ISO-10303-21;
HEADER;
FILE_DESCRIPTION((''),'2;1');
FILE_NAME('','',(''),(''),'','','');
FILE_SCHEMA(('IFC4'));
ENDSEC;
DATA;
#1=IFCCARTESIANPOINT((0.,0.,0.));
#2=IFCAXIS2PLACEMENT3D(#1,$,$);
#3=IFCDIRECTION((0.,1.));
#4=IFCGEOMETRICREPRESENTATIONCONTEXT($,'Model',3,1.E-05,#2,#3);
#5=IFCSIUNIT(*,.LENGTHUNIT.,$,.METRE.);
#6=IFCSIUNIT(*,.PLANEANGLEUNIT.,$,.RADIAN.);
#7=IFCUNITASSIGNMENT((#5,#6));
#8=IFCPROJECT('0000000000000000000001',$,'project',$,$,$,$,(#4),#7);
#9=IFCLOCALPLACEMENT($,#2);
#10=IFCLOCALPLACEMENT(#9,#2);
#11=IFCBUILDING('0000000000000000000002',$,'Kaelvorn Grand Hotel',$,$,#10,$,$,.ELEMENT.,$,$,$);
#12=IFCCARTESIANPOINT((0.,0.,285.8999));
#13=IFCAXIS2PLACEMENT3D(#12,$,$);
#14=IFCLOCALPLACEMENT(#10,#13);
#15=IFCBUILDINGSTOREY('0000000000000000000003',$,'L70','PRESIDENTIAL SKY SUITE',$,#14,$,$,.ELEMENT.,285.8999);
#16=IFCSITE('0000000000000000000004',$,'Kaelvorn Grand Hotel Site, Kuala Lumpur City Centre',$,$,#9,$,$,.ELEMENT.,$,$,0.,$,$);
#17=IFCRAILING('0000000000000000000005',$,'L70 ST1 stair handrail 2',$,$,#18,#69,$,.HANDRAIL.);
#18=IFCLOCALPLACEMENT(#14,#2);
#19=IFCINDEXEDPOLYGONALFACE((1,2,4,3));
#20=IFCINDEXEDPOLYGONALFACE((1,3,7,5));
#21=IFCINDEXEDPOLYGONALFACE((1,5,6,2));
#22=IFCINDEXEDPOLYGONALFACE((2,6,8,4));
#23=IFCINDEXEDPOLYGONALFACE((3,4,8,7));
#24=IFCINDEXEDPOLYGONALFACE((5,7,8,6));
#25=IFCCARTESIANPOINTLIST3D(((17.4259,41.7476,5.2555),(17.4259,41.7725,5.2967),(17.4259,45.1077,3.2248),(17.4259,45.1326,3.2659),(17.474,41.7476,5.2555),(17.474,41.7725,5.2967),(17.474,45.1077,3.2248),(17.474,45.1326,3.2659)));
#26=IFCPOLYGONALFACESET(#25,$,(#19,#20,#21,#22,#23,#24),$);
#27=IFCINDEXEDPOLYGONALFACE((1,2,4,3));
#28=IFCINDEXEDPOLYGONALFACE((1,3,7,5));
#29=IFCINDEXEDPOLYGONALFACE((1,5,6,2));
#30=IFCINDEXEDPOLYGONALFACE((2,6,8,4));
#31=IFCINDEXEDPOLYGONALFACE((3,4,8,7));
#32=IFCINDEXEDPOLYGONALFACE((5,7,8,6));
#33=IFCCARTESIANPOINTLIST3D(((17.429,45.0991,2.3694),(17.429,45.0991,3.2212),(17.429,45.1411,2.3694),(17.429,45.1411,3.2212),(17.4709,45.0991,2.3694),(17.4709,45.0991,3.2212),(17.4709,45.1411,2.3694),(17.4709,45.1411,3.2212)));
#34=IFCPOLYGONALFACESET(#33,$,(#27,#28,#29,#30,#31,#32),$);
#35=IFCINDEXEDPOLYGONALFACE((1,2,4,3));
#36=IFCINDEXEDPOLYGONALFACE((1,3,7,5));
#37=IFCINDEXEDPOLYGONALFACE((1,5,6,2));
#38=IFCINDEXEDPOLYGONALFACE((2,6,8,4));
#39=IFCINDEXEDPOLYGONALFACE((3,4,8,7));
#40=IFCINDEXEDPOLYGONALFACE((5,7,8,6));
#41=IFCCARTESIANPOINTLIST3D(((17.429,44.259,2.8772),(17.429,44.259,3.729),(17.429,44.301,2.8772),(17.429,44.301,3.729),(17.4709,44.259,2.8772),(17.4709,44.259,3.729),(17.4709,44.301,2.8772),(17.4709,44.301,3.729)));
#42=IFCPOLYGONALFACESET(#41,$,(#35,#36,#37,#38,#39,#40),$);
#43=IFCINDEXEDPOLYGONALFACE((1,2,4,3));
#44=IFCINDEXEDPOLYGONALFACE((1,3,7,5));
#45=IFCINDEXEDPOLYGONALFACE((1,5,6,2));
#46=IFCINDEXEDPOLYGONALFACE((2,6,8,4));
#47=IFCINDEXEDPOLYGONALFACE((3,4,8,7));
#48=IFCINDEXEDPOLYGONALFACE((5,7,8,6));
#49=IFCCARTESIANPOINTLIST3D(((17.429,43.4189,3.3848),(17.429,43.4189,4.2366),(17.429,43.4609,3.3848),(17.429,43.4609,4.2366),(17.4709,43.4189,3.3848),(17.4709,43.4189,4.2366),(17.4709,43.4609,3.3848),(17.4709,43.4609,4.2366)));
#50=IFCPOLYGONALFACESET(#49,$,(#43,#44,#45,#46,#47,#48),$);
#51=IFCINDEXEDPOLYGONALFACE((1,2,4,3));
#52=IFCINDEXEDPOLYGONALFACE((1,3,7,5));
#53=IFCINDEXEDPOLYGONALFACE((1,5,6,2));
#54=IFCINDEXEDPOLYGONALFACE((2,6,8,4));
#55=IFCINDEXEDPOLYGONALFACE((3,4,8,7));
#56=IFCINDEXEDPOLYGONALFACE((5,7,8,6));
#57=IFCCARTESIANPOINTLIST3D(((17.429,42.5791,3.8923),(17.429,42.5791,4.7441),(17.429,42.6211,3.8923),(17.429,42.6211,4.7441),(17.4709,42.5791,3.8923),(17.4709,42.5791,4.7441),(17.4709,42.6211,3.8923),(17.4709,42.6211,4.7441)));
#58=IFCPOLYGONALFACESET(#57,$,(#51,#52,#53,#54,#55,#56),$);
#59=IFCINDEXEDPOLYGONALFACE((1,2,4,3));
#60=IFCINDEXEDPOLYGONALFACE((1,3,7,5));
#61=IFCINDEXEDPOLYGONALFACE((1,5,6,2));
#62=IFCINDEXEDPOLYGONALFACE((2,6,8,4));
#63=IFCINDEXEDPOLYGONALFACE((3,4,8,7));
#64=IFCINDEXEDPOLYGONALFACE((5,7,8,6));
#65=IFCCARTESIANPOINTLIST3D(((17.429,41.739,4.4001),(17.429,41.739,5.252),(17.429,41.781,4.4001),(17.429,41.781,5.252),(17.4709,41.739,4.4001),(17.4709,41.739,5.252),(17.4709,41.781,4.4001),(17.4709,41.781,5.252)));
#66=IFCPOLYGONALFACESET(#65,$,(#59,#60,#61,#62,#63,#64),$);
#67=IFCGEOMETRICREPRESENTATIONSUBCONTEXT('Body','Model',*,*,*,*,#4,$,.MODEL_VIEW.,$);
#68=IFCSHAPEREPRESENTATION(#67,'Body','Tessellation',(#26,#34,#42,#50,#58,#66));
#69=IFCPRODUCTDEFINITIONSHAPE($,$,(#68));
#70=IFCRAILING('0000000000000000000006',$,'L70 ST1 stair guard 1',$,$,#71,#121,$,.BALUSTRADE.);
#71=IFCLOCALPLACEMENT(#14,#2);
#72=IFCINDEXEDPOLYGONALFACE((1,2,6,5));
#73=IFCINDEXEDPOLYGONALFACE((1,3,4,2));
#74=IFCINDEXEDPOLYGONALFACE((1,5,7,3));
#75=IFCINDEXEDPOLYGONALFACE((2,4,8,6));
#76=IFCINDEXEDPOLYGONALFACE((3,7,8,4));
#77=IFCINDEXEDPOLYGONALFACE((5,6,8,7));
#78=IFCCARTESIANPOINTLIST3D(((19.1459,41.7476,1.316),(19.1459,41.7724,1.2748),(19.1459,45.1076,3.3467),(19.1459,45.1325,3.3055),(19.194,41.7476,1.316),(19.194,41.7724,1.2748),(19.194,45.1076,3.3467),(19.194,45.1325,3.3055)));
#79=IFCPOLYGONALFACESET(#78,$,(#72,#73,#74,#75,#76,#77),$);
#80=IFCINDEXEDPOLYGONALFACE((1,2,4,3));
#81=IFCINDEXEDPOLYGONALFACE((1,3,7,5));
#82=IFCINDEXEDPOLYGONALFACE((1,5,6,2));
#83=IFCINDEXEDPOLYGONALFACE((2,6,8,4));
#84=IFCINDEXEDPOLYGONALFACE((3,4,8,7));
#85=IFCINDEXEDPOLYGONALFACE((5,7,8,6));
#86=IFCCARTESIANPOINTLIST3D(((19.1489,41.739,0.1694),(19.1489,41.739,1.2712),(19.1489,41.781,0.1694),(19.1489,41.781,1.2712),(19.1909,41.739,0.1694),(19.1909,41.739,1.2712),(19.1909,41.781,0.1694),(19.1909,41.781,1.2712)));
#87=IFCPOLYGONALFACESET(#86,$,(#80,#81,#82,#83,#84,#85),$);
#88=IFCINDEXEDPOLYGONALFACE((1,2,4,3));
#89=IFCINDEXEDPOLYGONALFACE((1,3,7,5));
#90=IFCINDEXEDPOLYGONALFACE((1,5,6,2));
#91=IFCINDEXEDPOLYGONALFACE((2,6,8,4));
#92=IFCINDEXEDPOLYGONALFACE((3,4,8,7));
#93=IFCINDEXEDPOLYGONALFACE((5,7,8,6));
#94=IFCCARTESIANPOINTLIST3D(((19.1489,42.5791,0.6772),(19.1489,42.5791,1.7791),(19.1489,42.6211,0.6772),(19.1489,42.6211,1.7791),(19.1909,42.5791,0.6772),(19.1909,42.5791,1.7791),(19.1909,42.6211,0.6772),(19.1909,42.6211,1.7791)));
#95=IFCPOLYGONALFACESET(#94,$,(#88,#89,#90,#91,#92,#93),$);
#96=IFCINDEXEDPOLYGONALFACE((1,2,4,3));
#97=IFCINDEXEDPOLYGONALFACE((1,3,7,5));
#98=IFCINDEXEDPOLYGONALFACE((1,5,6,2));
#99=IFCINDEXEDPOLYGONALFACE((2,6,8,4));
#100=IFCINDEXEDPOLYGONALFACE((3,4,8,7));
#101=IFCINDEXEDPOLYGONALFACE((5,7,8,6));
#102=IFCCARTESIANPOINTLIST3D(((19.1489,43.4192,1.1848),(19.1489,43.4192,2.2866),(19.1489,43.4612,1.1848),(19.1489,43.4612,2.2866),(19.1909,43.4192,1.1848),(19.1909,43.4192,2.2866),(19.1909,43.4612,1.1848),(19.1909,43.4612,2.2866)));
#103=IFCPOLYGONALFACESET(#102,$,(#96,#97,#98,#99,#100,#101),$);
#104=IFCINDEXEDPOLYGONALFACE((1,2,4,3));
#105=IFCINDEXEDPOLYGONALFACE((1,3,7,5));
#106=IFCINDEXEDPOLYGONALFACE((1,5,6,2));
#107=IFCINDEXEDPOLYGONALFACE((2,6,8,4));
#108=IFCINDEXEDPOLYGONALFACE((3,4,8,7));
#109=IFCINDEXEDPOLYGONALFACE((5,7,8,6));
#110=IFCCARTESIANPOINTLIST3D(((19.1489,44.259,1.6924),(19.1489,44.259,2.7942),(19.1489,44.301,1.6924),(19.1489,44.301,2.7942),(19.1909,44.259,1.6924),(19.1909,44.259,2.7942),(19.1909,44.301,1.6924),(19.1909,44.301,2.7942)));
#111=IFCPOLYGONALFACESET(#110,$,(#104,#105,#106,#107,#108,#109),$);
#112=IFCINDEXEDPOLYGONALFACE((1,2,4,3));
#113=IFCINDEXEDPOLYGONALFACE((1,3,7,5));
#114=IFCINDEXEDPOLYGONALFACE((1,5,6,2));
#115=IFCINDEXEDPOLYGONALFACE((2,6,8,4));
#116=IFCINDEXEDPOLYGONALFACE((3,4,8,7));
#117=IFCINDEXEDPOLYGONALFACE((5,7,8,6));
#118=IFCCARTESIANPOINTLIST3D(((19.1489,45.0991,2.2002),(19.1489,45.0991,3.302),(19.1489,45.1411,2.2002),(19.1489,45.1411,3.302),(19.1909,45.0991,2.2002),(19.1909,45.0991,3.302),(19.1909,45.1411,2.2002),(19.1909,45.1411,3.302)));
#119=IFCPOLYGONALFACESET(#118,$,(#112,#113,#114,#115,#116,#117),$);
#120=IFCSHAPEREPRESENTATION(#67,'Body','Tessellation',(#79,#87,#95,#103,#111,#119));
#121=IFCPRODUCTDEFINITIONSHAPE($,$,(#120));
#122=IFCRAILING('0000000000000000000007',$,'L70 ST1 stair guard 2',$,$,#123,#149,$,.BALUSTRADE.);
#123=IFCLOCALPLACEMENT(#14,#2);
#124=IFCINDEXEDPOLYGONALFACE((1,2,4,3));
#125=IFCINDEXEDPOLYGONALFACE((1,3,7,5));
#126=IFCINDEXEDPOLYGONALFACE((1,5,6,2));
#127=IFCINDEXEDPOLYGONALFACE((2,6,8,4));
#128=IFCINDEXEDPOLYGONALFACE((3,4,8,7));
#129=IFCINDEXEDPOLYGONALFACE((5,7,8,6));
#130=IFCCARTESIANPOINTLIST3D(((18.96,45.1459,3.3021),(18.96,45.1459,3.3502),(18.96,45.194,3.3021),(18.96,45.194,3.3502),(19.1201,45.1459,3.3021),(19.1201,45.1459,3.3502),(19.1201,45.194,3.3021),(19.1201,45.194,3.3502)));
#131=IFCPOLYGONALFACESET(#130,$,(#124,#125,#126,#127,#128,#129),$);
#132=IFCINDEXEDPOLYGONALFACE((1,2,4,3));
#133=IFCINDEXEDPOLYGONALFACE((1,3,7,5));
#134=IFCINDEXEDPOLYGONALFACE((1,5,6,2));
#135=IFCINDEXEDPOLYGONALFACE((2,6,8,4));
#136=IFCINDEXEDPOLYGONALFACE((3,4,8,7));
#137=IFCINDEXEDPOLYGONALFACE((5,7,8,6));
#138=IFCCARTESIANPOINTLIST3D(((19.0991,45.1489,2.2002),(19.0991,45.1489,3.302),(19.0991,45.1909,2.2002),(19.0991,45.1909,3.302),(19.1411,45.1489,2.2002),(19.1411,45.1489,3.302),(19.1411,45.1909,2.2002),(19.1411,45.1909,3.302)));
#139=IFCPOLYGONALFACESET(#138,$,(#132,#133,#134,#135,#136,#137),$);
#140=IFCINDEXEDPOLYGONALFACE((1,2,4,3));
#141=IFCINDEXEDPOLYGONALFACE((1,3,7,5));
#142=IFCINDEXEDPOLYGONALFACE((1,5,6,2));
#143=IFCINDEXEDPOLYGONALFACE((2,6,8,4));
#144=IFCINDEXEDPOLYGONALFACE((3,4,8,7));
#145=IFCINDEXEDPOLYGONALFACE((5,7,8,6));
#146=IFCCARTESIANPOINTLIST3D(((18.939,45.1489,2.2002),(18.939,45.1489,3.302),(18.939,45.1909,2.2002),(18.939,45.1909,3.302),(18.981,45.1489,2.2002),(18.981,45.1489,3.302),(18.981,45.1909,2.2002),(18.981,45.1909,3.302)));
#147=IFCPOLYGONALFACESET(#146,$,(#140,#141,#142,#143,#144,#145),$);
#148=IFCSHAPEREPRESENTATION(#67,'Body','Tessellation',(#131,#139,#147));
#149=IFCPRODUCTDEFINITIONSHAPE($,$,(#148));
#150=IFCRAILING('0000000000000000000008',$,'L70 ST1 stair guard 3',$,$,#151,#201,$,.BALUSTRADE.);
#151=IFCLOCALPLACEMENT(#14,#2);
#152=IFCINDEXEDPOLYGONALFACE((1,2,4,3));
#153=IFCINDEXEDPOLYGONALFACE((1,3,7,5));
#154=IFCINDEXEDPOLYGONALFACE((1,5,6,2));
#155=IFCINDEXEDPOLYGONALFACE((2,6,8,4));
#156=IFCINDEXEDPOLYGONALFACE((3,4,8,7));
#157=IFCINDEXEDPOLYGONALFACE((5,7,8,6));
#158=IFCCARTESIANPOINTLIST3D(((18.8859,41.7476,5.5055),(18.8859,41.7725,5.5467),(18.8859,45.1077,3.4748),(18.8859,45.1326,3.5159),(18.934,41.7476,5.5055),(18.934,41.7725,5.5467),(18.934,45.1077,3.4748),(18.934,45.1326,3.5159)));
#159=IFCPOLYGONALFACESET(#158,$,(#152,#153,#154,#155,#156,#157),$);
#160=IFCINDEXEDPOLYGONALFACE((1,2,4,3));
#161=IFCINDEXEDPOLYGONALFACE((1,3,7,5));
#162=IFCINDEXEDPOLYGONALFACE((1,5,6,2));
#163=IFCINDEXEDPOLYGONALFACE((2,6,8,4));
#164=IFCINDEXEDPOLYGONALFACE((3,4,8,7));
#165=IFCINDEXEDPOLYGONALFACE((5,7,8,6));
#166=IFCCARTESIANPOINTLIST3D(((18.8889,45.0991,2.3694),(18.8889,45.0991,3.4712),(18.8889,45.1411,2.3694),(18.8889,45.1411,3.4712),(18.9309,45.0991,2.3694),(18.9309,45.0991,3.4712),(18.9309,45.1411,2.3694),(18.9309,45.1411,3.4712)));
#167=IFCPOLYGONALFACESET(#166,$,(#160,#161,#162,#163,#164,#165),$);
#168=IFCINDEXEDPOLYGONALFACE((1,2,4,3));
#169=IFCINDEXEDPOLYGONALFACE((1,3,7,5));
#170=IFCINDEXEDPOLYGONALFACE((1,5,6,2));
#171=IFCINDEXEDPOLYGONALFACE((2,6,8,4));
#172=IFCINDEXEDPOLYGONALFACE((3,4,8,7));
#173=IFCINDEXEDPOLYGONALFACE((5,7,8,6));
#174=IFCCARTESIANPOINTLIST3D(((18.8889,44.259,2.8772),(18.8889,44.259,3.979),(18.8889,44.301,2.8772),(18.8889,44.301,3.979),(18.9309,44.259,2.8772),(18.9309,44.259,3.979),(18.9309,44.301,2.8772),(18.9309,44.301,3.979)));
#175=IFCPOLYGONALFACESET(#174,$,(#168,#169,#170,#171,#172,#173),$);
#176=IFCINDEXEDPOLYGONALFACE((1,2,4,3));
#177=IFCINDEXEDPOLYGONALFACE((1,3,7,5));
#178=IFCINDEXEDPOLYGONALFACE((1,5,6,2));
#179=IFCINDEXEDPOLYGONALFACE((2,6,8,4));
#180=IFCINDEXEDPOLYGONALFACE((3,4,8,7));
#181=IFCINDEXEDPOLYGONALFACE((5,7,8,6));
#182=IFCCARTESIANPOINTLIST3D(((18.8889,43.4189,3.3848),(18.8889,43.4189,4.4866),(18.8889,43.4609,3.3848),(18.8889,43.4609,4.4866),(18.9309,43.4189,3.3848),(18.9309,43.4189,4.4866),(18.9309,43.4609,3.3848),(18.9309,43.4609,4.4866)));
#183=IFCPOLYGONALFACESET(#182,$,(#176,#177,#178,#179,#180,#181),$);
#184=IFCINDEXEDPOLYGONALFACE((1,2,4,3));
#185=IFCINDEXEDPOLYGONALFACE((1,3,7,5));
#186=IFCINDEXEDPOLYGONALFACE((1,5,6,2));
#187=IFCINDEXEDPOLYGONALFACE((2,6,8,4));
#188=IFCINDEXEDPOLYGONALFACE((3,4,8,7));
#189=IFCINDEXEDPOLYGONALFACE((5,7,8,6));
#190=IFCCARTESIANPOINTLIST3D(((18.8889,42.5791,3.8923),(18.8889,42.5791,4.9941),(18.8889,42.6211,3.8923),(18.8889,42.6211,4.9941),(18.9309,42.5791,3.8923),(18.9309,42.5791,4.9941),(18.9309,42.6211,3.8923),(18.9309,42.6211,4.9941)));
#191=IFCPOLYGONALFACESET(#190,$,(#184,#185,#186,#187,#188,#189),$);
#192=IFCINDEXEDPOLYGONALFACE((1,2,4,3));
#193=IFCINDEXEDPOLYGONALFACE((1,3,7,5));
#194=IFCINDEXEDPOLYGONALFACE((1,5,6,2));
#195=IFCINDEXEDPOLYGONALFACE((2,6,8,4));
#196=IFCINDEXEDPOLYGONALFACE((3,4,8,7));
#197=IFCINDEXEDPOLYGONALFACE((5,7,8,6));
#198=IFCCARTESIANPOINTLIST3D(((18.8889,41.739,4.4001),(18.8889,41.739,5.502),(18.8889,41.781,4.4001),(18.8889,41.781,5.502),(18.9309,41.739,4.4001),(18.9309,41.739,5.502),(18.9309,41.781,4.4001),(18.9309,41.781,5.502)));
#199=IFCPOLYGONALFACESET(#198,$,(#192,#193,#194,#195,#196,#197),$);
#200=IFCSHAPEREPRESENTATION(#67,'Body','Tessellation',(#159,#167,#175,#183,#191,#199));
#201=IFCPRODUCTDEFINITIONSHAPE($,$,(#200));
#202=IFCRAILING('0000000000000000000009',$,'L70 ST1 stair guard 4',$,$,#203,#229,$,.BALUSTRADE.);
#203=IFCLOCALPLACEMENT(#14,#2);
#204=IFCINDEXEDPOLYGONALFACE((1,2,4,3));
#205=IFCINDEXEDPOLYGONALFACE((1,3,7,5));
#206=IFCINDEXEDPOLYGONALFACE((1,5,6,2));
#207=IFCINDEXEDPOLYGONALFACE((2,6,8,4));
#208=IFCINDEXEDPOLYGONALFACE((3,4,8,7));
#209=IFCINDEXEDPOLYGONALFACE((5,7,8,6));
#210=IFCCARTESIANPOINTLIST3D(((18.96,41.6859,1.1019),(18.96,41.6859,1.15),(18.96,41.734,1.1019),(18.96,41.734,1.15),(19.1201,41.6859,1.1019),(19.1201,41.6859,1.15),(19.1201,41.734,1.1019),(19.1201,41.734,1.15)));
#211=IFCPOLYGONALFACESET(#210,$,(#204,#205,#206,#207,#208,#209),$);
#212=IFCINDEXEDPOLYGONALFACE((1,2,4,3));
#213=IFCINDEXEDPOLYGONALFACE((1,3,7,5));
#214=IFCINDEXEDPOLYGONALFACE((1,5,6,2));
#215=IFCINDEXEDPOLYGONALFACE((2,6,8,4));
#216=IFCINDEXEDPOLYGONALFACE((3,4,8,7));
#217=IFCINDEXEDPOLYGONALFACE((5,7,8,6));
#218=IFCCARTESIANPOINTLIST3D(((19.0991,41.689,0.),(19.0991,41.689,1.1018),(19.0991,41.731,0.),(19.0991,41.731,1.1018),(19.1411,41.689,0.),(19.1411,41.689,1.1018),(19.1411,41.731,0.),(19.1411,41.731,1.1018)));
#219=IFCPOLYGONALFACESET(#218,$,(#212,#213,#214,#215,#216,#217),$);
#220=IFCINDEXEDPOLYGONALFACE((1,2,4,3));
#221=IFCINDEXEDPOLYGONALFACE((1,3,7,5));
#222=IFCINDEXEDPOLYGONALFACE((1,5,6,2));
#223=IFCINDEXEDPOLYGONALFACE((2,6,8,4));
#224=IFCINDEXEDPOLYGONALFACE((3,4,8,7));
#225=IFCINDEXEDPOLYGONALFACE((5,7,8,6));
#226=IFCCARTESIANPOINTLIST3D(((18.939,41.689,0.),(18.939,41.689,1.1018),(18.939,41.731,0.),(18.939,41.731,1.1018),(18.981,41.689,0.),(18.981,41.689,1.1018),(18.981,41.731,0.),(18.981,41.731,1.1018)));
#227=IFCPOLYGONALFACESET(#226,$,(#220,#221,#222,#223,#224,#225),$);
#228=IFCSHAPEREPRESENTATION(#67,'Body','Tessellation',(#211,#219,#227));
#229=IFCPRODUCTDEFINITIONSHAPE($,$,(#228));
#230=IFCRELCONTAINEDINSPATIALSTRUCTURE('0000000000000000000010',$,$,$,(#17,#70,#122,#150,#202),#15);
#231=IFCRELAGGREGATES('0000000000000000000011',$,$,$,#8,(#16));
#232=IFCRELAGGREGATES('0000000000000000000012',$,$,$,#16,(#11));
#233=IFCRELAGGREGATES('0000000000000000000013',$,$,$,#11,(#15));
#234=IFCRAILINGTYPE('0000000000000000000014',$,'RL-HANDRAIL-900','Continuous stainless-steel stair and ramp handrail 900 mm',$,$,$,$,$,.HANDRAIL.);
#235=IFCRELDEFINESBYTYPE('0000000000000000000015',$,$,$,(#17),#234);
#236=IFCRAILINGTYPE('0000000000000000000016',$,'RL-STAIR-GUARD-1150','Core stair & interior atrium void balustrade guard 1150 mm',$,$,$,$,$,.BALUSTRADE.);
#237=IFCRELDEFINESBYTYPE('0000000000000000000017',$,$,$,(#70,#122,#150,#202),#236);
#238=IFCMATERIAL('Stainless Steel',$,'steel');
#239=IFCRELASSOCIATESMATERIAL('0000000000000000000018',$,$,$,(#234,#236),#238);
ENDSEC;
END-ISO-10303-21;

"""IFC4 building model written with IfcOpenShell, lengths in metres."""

from ifc_helpers import new_model, si_unit, direction, frame, origin, origin_2d, place, context, subcontext, project, spatial, rectangle, extrude, material, type_object, element, save


model = new_model("IFC4")

# Units and contexts
model_context = context("Model", 3, precision=1e-05, world=origin(), true_north=direction((0.0, 1.0)))
body_context = subcontext(model_context, "Body", "Model", "MODEL_VIEW")
ifc_project = project(units=[si_unit("LENGTHUNIT", "METRE"), si_unit("PLANEANGLEUNIT", "RADIAN")], contexts=[model_context])

# Site, building, storey
site_placement = place(None, origin())
site = spatial("IfcSite", under=ifc_project, at=site_placement, Name="Kaelvorn Grand Hotel Site, Kuala Lumpur City Centre", CompositionType="ELEMENT", RefElevation=0.0)
building_placement = place(site_placement, origin())
building = spatial("IfcBuilding", under=site, at=building_placement, Name="Kaelvorn Grand Hotel", CompositionType="ELEMENT")
storey_placement = place(building_placement, frame((0.0, 0.0, 285.8999)))
storey = spatial("IfcBuildingStorey", under=building, at=storey_placement, Name="L70", Description="PRESIDENTIAL SKY SUITE", CompositionType="ELEMENT", Elevation=285.8999)

# Railings
ifc_material_1 = material(Name="Stainless Steel", Category="steel")
railing_type_1 = type_object("IfcRailingType", Name="RL-HANDRAIL-900", Description="Continuous stainless-steel stair and ramp handrail 900 mm", PredefinedType="HANDRAIL", material=ifc_material_1)
railing_1_placement = place(storey_placement, frame((17.45, 45.1201, 2.3694)))
element("IfcRailing", 1, at=railing_1_placement, inside=storey, type_object=railing_type_1, Name="L70 ST1 stair handrail 2", PredefinedType="HANDRAIL", context=body_context, shape_type="SweptSolid", body=[
    extrude(rectangle(XDim=0.0481, YDim=0.0481, at=origin_2d()), frame((0.0, 0.0, 0.876), z_axis=(0.0, -0.855837, 0.517246), x_axis=(1.0, 0.0, 0.0)), (0.0, 0.0, 1.0), 3.926),
    extrude(rectangle(XDim=0.042, YDim=0.042, at=origin_2d()), origin(), (0.0, 0.0, 1.0), 0.8518),
    extrude(rectangle(XDim=0.042, YDim=0.042, at=origin_2d()), frame((0.0, -0.8401, 0.5078)), (0.0, 0.0, 1.0), 0.8518),
    extrude(rectangle(XDim=0.042, YDim=0.042, at=origin_2d()), frame((0.0, -1.6802, 1.0154)), (0.0, 0.0, 1.0), 0.8518),
    extrude(rectangle(XDim=0.042, YDim=0.042, at=origin_2d()), frame((0.0, -2.52, 1.5229)), (0.0, 0.0, 1.0), 0.8518),
    extrude(rectangle(XDim=0.042, YDim=0.042, at=origin_2d()), frame((0.0, -3.3601, 2.0308)), (0.0, 0.0, 1.0), 0.8518),
])
railing_type_2 = type_object("IfcRailingType", Name="RL-STAIR-GUARD-1150", Description="Core stair & interior atrium void balustrade guard 1150 mm", PredefinedType="BALUSTRADE", material=ifc_material_1)
railing_2_placement = place(storey_placement, frame((19.1699, 41.76, 0.1694)))
element("IfcRailing", 2, at=railing_2_placement, inside=storey, type_object=railing_type_2, Name="L70 ST1 stair guard 1", PredefinedType="BALUSTRADE", context=body_context, shape_type="SweptSolid", body=[
    extrude(rectangle(XDim=0.0481, YDim=0.0481, at=origin_2d()), frame((0.0, 0.0, 1.126), z_axis=(0.0, 0.855837, 0.517246), x_axis=(-1.0, 0.0, 0.0)), (0.0, 0.0, 1.0), 3.926),
    extrude(rectangle(XDim=0.042, YDim=0.042, at=origin_2d()), origin(), (0.0, 0.0, 1.0), 1.1018),
    extrude(rectangle(XDim=0.042, YDim=0.042, at=origin_2d()), frame((0.0, 0.8401, 0.5078)), (0.0, 0.0, 1.0), 1.1018),
    extrude(rectangle(XDim=0.042, YDim=0.042, at=origin_2d()), frame((0.0, 1.6802, 1.0154)), (0.0, 0.0, 1.0), 1.1018),
    extrude(rectangle(XDim=0.042, YDim=0.042, at=origin_2d()), frame((0.0, 2.52, 1.5229)), (0.0, 0.0, 1.0), 1.1018),
    extrude(rectangle(XDim=0.042, YDim=0.042, at=origin_2d()), frame((0.0, 3.3601, 2.0308)), (0.0, 0.0, 1.0), 1.1018),
])
railing_3_placement = place(storey_placement, frame((19.1201, 45.1699, 2.2002)))
element("IfcRailing", 3, at=railing_3_placement, inside=storey, type_object=railing_type_2, Name="L70 ST1 stair guard 2", PredefinedType="BALUSTRADE", context=body_context, shape_type="SweptSolid", body=[
    extrude(rectangle(XDim=0.0481, YDim=0.0481, at=origin_2d()), frame((0.0, 0.0, 1.126), z_axis=(-1.0, 0.0, 0.0), x_axis=(0.0, -1.0, 0.0)), (0.0, 0.0, 1.0), 0.1602),
    extrude(rectangle(XDim=0.042, YDim=0.042, at=origin_2d()), origin(), (0.0, 0.0, 1.0), 1.1018),
    extrude(rectangle(XDim=0.042, YDim=0.042, at=origin_2d()), frame((-0.1602, 0.0, 0.0)), (0.0, 0.0, 1.0), 1.1018),
])
railing_4_placement = place(storey_placement, frame((18.9099, 45.1201, 2.3694)))
element("IfcRailing", 4, at=railing_4_placement, inside=storey, type_object=railing_type_2, Name="L70 ST1 stair guard 3", PredefinedType="BALUSTRADE", context=body_context, shape_type="SweptSolid", body=[
    extrude(rectangle(XDim=0.0481, YDim=0.0481, at=origin_2d()), frame((0.0, 0.0, 1.126), z_axis=(0.0, -0.855837, 0.517246), x_axis=(1.0, 0.0, 0.0)), (0.0, 0.0, 1.0), 3.926),
    extrude(rectangle(XDim=0.042, YDim=0.042, at=origin_2d()), origin(), (0.0, 0.0, 1.0), 1.1018),
    extrude(rectangle(XDim=0.042, YDim=0.042, at=origin_2d()), frame((0.0, -0.8401, 0.5078)), (0.0, 0.0, 1.0), 1.1018),
    extrude(rectangle(XDim=0.042, YDim=0.042, at=origin_2d()), frame((0.0, -1.6802, 1.0154)), (0.0, 0.0, 1.0), 1.1018),
    extrude(rectangle(XDim=0.042, YDim=0.042, at=origin_2d()), frame((0.0, -2.52, 1.5229)), (0.0, 0.0, 1.0), 1.1018),
    extrude(rectangle(XDim=0.042, YDim=0.042, at=origin_2d()), frame((0.0, -3.3601, 2.0308)), (0.0, 0.0, 1.0), 1.1018),
])
railing_5_placement = place(storey_placement, frame((19.1201, 41.71, 0.0)))
element("IfcRailing", 5, at=railing_5_placement, inside=storey, type_object=railing_type_2, Name="L70 ST1 stair guard 4", PredefinedType="BALUSTRADE", context=body_context, shape_type="SweptSolid", body=[
    extrude(rectangle(XDim=0.0481, YDim=0.0481, at=origin_2d()), frame((0.0, 0.0, 1.126), z_axis=(-1.0, 0.0, 0.0), x_axis=(0.0, -1.0, 0.0)), (0.0, 0.0, 1.0), 0.1602),
    extrude(rectangle(XDim=0.042, YDim=0.042, at=origin_2d()), origin(), (0.0, 0.0, 1.0), 1.1018),
    extrude(rectangle(XDim=0.042, YDim=0.042, at=origin_2d()), frame((-0.1602, 0.0, 0.0)), (0.0, 0.0, 1.0), 1.1018),
])

save(model, "model.ifc")
